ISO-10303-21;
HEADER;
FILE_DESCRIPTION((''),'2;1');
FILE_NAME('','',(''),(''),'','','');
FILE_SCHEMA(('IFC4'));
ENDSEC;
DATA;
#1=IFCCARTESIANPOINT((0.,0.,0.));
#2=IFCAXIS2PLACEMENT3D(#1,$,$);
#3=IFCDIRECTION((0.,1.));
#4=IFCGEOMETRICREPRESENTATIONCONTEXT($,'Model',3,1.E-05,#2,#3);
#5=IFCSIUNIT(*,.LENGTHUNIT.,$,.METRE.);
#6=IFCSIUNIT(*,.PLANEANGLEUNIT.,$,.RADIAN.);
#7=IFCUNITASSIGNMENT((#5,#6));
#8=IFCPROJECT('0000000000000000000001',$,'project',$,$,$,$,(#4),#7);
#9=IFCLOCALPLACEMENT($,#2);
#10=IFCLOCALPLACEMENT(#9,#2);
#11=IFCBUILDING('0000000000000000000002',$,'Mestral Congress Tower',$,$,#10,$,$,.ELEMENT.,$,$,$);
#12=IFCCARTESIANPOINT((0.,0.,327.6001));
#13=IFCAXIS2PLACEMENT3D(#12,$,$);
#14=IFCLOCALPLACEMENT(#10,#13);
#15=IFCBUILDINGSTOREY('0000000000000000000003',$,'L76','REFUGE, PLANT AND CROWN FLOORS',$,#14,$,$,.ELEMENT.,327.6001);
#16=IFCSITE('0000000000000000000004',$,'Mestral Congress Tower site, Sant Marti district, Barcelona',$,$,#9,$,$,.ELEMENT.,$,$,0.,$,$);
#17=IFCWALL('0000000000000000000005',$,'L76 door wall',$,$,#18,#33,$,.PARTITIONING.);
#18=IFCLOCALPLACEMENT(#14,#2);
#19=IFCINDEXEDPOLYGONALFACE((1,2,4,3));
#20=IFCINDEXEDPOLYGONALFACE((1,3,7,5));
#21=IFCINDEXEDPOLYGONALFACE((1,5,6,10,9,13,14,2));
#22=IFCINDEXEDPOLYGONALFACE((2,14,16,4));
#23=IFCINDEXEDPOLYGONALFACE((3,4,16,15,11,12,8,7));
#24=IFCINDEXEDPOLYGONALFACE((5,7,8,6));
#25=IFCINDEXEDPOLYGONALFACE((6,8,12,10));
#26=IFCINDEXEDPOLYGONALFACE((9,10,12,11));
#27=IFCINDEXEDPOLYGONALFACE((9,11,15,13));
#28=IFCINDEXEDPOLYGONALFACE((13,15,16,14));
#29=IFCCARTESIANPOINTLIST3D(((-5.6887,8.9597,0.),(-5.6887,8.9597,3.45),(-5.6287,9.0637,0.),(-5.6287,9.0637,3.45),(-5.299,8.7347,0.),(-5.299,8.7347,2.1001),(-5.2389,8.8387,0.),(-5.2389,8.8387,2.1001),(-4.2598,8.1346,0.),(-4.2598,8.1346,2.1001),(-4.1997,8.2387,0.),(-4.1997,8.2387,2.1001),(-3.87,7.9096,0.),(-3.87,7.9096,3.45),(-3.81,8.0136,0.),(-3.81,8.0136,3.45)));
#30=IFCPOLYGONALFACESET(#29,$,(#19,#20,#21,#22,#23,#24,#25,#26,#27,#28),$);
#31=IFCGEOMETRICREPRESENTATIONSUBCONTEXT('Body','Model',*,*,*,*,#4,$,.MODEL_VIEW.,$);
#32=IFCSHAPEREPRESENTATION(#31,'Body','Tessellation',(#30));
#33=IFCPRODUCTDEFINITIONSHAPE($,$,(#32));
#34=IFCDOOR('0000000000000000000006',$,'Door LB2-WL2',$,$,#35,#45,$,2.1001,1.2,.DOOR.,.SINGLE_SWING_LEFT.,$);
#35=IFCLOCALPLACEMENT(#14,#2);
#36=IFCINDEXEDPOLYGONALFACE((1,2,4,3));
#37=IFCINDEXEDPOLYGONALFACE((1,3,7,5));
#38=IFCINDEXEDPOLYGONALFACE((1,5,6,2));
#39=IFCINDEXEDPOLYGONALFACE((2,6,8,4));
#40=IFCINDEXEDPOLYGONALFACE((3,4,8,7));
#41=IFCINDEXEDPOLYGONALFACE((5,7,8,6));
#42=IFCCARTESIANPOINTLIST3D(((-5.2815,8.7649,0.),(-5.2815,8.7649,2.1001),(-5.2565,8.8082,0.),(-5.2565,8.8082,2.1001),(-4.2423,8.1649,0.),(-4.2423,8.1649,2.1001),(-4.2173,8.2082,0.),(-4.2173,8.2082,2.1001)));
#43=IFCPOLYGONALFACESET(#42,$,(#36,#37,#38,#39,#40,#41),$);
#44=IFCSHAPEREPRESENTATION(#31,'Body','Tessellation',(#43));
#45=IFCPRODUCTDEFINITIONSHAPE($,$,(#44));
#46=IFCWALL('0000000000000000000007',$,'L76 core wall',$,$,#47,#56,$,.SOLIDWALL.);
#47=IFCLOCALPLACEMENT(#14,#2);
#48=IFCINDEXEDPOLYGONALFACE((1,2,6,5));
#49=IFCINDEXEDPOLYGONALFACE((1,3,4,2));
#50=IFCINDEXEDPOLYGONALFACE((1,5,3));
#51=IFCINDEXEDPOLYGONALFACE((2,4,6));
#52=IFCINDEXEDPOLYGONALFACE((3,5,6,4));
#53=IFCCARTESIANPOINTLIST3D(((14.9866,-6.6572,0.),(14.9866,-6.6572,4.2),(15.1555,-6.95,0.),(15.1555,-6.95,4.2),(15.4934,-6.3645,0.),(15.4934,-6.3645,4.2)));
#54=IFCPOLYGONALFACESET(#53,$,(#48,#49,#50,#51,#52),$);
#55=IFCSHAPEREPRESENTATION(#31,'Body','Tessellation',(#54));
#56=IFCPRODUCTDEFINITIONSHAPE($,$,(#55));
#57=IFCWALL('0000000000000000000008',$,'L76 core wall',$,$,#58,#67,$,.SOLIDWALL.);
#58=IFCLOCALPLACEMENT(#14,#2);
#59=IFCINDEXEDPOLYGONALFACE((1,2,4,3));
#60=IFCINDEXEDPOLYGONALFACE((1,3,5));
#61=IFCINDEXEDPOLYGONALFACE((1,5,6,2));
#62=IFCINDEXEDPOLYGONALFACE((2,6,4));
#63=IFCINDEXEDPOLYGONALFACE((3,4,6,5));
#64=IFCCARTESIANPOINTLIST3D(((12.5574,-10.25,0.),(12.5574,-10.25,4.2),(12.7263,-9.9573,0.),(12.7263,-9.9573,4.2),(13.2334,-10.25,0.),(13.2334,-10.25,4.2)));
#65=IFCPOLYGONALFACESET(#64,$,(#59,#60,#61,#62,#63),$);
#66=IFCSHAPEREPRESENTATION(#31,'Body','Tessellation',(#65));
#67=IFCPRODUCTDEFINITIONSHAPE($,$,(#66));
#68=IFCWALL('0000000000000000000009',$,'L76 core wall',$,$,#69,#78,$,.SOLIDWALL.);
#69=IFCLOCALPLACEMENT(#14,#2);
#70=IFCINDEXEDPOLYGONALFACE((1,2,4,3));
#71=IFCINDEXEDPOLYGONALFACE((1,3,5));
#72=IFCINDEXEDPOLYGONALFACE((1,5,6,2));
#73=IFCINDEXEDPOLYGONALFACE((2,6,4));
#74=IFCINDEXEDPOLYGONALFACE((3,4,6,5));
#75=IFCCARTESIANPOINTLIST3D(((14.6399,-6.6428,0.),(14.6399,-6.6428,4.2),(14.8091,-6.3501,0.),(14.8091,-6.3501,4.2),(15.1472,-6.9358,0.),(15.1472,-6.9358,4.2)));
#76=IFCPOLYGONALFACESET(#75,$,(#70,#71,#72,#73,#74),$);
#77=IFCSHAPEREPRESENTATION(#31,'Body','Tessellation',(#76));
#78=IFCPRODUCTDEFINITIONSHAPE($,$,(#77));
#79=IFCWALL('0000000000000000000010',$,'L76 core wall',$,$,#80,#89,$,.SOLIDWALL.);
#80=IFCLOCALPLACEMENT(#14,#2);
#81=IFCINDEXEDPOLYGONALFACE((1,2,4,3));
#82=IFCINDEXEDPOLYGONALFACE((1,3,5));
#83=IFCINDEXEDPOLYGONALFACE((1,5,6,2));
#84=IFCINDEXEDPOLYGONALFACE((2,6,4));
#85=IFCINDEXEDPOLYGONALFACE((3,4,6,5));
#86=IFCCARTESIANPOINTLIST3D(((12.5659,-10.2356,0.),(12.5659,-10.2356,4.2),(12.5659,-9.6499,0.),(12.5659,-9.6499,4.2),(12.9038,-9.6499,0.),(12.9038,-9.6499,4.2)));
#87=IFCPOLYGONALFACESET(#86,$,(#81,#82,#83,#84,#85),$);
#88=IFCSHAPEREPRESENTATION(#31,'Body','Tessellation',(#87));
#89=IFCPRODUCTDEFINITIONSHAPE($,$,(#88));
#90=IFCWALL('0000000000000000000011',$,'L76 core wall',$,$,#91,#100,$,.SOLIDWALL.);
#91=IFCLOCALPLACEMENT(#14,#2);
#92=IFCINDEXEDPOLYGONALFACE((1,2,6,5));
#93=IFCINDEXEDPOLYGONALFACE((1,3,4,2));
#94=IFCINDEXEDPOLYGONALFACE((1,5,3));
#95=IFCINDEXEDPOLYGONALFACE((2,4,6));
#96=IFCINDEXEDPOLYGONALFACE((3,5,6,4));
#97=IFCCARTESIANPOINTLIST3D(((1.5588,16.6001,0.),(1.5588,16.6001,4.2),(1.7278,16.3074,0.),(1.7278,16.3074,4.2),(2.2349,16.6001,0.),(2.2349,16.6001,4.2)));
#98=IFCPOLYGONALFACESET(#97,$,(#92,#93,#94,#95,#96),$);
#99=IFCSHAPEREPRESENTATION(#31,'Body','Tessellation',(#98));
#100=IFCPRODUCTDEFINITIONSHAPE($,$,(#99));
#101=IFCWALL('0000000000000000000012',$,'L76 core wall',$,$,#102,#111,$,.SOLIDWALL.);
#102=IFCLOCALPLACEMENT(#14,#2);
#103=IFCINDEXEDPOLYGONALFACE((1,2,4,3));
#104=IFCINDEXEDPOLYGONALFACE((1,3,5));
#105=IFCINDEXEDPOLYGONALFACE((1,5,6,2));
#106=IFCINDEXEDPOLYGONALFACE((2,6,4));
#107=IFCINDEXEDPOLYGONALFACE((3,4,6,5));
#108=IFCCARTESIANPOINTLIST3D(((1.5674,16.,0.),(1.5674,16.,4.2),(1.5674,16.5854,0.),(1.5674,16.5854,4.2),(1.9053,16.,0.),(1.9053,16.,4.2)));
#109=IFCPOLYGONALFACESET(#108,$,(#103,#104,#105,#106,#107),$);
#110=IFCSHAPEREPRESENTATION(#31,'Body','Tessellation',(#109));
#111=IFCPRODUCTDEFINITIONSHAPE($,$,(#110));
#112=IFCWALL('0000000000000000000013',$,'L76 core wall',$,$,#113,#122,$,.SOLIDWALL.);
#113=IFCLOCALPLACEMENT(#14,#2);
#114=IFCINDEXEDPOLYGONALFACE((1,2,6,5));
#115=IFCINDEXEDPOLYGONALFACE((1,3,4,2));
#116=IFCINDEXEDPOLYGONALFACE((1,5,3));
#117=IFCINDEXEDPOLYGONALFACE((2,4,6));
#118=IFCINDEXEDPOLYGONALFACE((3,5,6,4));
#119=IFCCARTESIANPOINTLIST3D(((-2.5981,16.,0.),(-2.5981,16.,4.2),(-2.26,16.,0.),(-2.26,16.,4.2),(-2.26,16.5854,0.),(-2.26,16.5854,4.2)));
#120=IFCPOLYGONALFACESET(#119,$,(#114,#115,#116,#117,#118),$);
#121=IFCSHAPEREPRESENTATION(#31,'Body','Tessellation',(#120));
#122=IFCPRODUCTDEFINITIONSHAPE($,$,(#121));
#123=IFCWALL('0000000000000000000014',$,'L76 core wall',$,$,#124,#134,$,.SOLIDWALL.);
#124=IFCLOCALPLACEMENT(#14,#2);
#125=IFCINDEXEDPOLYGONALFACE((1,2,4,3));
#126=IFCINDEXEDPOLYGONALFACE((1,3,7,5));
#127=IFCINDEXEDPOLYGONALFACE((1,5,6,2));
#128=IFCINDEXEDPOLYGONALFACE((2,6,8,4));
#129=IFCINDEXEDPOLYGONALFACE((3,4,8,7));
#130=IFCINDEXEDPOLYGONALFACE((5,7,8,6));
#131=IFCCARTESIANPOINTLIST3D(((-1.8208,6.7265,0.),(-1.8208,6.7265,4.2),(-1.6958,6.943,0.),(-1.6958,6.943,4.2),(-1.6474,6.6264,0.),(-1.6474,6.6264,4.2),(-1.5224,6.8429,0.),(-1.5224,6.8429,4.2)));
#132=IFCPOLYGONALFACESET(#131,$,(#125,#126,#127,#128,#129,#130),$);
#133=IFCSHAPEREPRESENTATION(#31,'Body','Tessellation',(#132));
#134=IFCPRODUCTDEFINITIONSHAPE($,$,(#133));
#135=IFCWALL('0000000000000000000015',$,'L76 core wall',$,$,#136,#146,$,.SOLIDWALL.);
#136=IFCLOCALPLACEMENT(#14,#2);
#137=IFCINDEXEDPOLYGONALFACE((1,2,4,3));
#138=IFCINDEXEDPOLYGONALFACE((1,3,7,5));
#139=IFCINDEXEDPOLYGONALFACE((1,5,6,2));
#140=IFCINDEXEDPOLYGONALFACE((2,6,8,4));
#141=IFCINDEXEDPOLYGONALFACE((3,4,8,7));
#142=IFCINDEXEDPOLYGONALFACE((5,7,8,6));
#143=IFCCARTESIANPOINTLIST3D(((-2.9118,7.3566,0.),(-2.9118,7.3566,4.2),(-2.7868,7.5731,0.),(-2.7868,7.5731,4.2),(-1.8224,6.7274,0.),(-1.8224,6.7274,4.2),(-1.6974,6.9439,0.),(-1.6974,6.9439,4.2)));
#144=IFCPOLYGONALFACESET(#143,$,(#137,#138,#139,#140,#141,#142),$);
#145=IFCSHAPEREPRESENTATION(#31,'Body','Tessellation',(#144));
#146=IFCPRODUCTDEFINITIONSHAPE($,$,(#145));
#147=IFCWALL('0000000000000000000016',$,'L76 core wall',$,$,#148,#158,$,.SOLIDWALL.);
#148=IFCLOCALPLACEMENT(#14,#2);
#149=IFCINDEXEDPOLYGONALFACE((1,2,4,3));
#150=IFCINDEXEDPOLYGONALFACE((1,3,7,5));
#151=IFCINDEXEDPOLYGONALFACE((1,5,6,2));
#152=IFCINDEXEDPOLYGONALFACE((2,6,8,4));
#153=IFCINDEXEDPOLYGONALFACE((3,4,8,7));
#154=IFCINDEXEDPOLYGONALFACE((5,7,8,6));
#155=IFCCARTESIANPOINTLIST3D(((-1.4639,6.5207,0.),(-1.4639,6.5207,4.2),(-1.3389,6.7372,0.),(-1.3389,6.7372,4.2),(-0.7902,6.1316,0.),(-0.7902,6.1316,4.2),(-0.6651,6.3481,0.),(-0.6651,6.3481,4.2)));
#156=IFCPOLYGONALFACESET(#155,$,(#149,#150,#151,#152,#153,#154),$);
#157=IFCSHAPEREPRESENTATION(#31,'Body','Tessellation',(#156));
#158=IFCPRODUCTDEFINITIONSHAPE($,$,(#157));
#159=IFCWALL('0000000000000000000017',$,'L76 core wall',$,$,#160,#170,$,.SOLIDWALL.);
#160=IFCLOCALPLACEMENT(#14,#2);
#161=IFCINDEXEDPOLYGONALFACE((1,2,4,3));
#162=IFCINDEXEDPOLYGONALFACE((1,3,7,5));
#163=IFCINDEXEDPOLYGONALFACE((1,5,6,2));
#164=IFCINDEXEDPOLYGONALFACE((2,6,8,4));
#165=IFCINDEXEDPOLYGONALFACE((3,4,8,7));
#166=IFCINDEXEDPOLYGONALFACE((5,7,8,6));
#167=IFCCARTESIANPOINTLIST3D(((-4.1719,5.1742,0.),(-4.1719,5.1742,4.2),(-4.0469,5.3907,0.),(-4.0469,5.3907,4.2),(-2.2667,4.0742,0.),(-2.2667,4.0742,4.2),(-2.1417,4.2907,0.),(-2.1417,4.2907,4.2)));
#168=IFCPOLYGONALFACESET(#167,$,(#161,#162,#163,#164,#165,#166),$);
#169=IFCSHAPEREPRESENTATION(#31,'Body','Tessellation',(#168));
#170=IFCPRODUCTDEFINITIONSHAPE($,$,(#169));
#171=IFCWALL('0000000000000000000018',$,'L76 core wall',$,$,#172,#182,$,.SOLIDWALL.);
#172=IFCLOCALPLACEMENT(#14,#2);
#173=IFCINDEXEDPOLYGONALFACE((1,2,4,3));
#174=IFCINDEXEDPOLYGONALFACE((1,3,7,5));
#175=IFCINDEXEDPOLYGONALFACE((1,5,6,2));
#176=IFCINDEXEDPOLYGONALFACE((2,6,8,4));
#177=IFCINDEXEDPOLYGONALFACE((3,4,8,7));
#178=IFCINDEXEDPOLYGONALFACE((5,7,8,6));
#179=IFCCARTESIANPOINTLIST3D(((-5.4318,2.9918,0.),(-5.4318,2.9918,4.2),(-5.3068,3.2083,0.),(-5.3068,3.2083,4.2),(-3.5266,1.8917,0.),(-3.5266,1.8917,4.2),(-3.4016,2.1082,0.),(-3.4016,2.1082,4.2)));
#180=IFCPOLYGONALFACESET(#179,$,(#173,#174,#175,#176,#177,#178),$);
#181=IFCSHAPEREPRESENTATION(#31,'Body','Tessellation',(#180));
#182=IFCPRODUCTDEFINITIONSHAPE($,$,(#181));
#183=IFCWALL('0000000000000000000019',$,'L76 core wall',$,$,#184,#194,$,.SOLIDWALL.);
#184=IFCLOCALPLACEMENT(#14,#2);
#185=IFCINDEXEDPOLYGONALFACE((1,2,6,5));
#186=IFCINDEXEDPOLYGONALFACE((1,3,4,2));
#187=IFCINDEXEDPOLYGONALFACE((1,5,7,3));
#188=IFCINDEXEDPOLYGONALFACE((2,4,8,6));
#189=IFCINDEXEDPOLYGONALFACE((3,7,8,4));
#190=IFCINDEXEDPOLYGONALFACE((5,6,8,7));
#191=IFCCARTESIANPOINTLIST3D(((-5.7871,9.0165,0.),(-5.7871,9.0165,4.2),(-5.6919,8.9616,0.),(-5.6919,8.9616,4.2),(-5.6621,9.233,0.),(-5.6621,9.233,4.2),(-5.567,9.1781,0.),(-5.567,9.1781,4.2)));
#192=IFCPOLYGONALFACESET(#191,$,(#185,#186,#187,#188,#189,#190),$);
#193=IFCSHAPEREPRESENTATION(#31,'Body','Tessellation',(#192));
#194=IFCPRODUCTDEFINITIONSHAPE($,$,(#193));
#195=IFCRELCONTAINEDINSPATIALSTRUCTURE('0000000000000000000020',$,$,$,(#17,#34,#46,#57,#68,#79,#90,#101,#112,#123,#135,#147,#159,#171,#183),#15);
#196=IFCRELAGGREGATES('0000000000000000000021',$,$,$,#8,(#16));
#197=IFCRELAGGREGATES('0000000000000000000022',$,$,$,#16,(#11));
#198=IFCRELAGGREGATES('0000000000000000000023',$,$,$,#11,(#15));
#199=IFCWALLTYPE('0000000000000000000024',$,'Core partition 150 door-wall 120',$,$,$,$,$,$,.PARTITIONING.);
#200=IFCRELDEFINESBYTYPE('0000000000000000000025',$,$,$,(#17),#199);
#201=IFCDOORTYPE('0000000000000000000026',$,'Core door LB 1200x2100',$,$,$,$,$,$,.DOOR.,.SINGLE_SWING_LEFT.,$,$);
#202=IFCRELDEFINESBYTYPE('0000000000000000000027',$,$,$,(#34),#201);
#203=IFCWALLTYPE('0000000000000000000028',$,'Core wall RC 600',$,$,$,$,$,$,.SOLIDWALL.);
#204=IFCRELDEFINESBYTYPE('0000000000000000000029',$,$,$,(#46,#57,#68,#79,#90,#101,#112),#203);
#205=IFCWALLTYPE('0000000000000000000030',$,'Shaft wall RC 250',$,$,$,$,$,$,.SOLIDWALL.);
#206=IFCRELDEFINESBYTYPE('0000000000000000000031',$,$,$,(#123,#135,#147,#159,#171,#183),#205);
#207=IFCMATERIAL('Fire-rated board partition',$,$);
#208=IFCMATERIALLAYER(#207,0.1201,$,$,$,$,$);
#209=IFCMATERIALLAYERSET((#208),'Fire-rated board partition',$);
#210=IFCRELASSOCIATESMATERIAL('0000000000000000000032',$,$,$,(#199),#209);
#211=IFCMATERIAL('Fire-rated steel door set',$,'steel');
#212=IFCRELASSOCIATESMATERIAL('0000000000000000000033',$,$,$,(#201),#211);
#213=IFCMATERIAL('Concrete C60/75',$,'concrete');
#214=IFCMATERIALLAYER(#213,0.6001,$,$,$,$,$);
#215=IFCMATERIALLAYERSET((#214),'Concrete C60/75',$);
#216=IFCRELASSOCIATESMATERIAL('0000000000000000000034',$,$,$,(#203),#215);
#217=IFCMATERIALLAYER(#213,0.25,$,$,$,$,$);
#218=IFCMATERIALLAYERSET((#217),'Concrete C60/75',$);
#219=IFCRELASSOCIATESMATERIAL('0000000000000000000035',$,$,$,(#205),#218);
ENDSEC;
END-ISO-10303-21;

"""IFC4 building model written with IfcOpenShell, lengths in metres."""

from ifc_helpers import new_model, si_unit, direction, frame, frame_2d, origin, place, context, subcontext, project, spatial, polyline, rectangle, outline, extrude, material, layer, layer_set, type_object, element, fill, save


model = new_model("IFC4")

# Units and contexts
model_context = context("Model", 3, precision=1e-05, world=origin(), true_north=direction((0.0, 1.0)))
body_context = subcontext(model_context, "Body", "Model", "MODEL_VIEW")
ifc_project = project(units=[si_unit("LENGTHUNIT", "METRE"), si_unit("PLANEANGLEUNIT", "RADIAN")], contexts=[model_context])

# Site, building, storey
site_placement = place(None, origin())
site = spatial("IfcSite", under=ifc_project, at=site_placement, Name="Mestral Congress Tower site, Sant Marti district, Barcelona", CompositionType="ELEMENT", RefElevation=0.0)
building_placement = place(site_placement, origin())
building = spatial("IfcBuilding", under=site, at=building_placement, Name="Mestral Congress Tower", CompositionType="ELEMENT")
storey_placement = place(building_placement, frame((0.0, 0.0, 327.6001)))
storey = spatial("IfcBuildingStorey", under=building, at=storey_placement, Name="L76", Description="REFUGE, PLANT AND CROWN FLOORS", CompositionType="ELEMENT", Elevation=327.6001)

# Shared definitions
ifc_material_1 = material(Name="Concrete C60/75", Category="concrete")

# Shared definitions
placement_1 = place(storey_placement, origin())

# Shared definitions
ifc_material_2 = material(Name="Fire-rated board partition")

# Wall, opening, door
ifc_material_3 = material(Name="Fire-rated steel door set", Category="steel")
ifc_layer_1 = layer(ifc_material_2, 0.1201)
ifc_layer_set_1 = layer_set([ifc_layer_1], Name="Fire-rated board partition")
wall_type_1 = type_object("IfcWallType", Name="Core partition 150 door-wall 120", PredefinedType="PARTITIONING", material=ifc_layer_set_1)
wall_1_placement = place(storey_placement, frame((-5.6587, 9.0117, 0.0), z_axis=(0.0, 0.0, 1.0), x_axis=(0.866009, -0.500028, 0.0)))
wall_1 = element("IfcWall", 1, at=wall_1_placement, inside=storey, type_object=wall_type_1, Name="L76 door wall", PredefinedType="PARTITIONING", context=body_context, shape_type="SweptSolid", body=[
    extrude(rectangle(XDim=2.1001, YDim=0.1201, at=frame_2d((1.05, 0.0))), origin(), (0.0, 0.0, 1.0), 3.45),
])
opening_1_placement = place(wall_1_placement, frame((0.45, 0.0, 0.0)))
opening_1 = element("IfcOpeningElement", 2, at=opening_1_placement, cuts=wall_1, PredefinedType="OPENING", context=body_context, shape_type="SweptSolid", body=[
    extrude(rectangle(XDim=1.2, YDim=2.1001, at=frame_2d((0.6001, 1.05))), frame((0.0, 0.0701, 0.0), z_axis=(0.0, -1.0, 0.0), x_axis=(1.0, 0.0, 0.0)), (0.0, 0.0, 1.0), 0.1401),
])
door_type_1 = type_object("IfcDoorType", Name="Core door LB 1200x2100", OperationType="SINGLE_SWING_LEFT", PredefinedType="DOOR", material=ifc_material_3)
door_1_placement = place(opening_1_placement, origin())
door_1 = element("IfcDoor", 3, at=door_1_placement, inside=storey, type_object=door_type_1, Name="Door LB2-WL2", OperationType="SINGLE_SWING_LEFT", OverallHeight=2.1001, OverallWidth=1.2, PredefinedType="DOOR", context=body_context, shape_type="SweptSolid", body=[
    extrude(rectangle(XDim=1.2, YDim=2.1001, at=frame_2d((0.6001, 1.05))), frame((0.0, 0.0249, 0.0), z_axis=(0.0, -1.0, 0.0), x_axis=(1.0, 0.0, 0.0)), (0.0, 0.0, 1.0), 0.05),
])
fill(opening_1, door_1)

# Walls
ifc_layer_2 = layer(ifc_material_1, 0.6001)
ifc_layer_set_2 = layer_set([ifc_layer_2], Name="Concrete C60/75")
wall_type_2 = type_object("IfcWallType", Name="Core wall RC 600", PredefinedType="SOLIDWALL", material=ifc_layer_set_2)
element("IfcWall", 4, at=placement_1, inside=storey, type_object=wall_type_2, Name="L76 core wall", PredefinedType="SOLIDWALL", context=body_context, shape_type="SweptSolid", body=[
    extrude(outline(polyline([(15.1555, -6.95), (14.9866, -6.6572), (15.4934, -6.3645), (15.1555, -6.95)])), origin(), (0.0, 0.0, 1.0), 4.2),
])
element("IfcWall", 5, at=placement_1, inside=storey, type_object=wall_type_2, Name="L76 core wall", PredefinedType="SOLIDWALL", context=body_context, shape_type="SweptSolid", body=[
    extrude(outline(polyline([(12.7263, -9.9573), (13.2334, -10.25), (12.5574, -10.25), (12.7263, -9.9573)])), origin(), (0.0, 0.0, 1.0), 4.2),
])
element("IfcWall", 6, at=placement_1, inside=storey, type_object=wall_type_2, Name="L76 core wall", PredefinedType="SOLIDWALL", context=body_context, shape_type="SweptSolid", body=[
    extrude(outline(polyline([(14.8091, -6.3501), (15.1472, -6.9358), (14.6399, -6.6428), (14.8091, -6.3501)])), origin(), (0.0, 0.0, 1.0), 4.2),
])
element("IfcWall", 7, at=placement_1, inside=storey, type_object=wall_type_2, Name="L76 core wall", PredefinedType="SOLIDWALL", context=body_context, shape_type="SweptSolid", body=[
    extrude(outline(polyline([(12.9038, -9.6499), (12.5659, -10.2356), (12.5659, -9.6499), (12.9038, -9.6499)])), origin(), (0.0, 0.0, 1.0), 4.2),
])
element("IfcWall", 8, at=placement_1, inside=storey, type_object=wall_type_2, Name="L76 core wall", PredefinedType="SOLIDWALL", context=body_context, shape_type="SweptSolid", body=[
    extrude(outline(polyline([(1.5588, 16.6001), (2.2349, 16.6001), (1.7278, 16.3074), (1.5588, 16.6001)])), origin(), (0.0, 0.0, 1.0), 4.2),
])
element("IfcWall", 9, at=placement_1, inside=storey, type_object=wall_type_2, Name="L76 core wall", PredefinedType="SOLIDWALL", context=body_context, shape_type="SweptSolid", body=[
    extrude(outline(polyline([(1.9053, 16.0), (1.5674, 16.0), (1.5674, 16.5854), (1.9053, 16.0)])), origin(), (0.0, 0.0, 1.0), 4.2),
])
element("IfcWall", 10, at=placement_1, inside=storey, type_object=wall_type_2, Name="L76 core wall", PredefinedType="SOLIDWALL", context=body_context, shape_type="SweptSolid", body=[
    extrude(outline(polyline([(-2.5981, 16.0), (-2.26, 16.5854), (-2.26, 16.0), (-2.5981, 16.0)])), origin(), (0.0, 0.0, 1.0), 4.2),
])
ifc_layer_3 = layer(ifc_material_1, 0.25)
ifc_layer_set_3 = layer_set([ifc_layer_3], Name="Concrete C60/75")
wall_type_3 = type_object("IfcWallType", Name="Shaft wall RC 250", PredefinedType="SOLIDWALL", material=ifc_layer_set_3)
wall_2_placement = place(storey_placement, frame((-1.7583, 6.8347, 0.0), z_axis=(0.0, 0.0, 1.0), x_axis=(0.865982, -0.500074, 0.0)))
element("IfcWall", 11, at=wall_2_placement, inside=storey, type_object=wall_type_3, Name="L76 core wall", PredefinedType="SOLIDWALL", context=body_context, shape_type="SweptSolid", body=[
    extrude(rectangle(XDim=0.2002, YDim=0.25, at=frame_2d((0.1001, 0.0))), origin(), (0.0, 0.0, 1.0), 4.2),
])
wall_3_placement = place(storey_placement, frame((-1.76, 6.8357, 0.0), z_axis=(0.0, 0.0, 1.0), x_axis=(-0.865953, 0.500126, 0.0)))
element("IfcWall", 12, at=wall_3_placement, inside=storey, type_object=wall_type_3, Name="L76 core wall", PredefinedType="SOLIDWALL", context=body_context, shape_type="SweptSolid", body=[
    extrude(rectangle(XDim=1.2581, YDim=0.25, at=frame_2d((0.6289, 0.0))), origin(), (0.0, 0.0, 1.0), 4.2),
])
wall_4_placement = place(storey_placement, frame((-0.7275, 6.2397, 0.0), z_axis=(0.0, 0.0, 1.0), x_axis=(-0.865956, 0.500121, 0.0)))
element("IfcWall", 13, at=wall_4_placement, inside=storey, type_object=wall_type_3, Name="L76 core wall", PredefinedType="SOLIDWALL", context=body_context, shape_type="SweptSolid", body=[
    extrude(rectangle(XDim=0.7781, YDim=0.25, at=frame_2d((0.3892, 0.0))), origin(), (0.0, 0.0, 1.0), 4.2),
])
for number, where, z_axis, x_axis, name in (
    (14, (-2.2041, 4.1824, 0.0), (0.0, 0.0, 1.0), (-0.866008, 0.50003, 0.0), "L76 core wall"),
    (15, (-5.3694, 3.1001, 0.0), (0.0, 0.0, 1.0), (0.866008, -0.50003, 0.0), "L76 core wall"),
):
    element("IfcWall", number, at=place(storey_placement, frame(where, z_axis=z_axis, x_axis=x_axis)), inside=storey, type_object=wall_type_3, Name=name, PredefinedType="SOLIDWALL", context=body_context, shape_type="SweptSolid", body=[
        extrude(rectangle(XDim=2.2, YDim=0.25, at=frame_2d((1.1001, 0.0))), origin(), (0.0, 0.0, 1.0), 4.2),
    ])
wall_5_placement = place(storey_placement, frame((-5.7246, 9.1248, 0.0), z_axis=(0.0, 0.0, 1.0), x_axis=(0.866186, -0.499722, 0.0)))
element("IfcWall", 16, at=wall_5_placement, inside=storey, type_object=wall_type_3, Name="L76 core wall", PredefinedType="SOLIDWALL", context=body_context, shape_type="SweptSolid", body=[
    extrude(rectangle(XDim=0.1099, YDim=0.25, at=frame_2d((0.0549, 0.0))), origin(), (0.0, 0.0, 1.0), 4.2),
])

save(model, "model.ifc")
